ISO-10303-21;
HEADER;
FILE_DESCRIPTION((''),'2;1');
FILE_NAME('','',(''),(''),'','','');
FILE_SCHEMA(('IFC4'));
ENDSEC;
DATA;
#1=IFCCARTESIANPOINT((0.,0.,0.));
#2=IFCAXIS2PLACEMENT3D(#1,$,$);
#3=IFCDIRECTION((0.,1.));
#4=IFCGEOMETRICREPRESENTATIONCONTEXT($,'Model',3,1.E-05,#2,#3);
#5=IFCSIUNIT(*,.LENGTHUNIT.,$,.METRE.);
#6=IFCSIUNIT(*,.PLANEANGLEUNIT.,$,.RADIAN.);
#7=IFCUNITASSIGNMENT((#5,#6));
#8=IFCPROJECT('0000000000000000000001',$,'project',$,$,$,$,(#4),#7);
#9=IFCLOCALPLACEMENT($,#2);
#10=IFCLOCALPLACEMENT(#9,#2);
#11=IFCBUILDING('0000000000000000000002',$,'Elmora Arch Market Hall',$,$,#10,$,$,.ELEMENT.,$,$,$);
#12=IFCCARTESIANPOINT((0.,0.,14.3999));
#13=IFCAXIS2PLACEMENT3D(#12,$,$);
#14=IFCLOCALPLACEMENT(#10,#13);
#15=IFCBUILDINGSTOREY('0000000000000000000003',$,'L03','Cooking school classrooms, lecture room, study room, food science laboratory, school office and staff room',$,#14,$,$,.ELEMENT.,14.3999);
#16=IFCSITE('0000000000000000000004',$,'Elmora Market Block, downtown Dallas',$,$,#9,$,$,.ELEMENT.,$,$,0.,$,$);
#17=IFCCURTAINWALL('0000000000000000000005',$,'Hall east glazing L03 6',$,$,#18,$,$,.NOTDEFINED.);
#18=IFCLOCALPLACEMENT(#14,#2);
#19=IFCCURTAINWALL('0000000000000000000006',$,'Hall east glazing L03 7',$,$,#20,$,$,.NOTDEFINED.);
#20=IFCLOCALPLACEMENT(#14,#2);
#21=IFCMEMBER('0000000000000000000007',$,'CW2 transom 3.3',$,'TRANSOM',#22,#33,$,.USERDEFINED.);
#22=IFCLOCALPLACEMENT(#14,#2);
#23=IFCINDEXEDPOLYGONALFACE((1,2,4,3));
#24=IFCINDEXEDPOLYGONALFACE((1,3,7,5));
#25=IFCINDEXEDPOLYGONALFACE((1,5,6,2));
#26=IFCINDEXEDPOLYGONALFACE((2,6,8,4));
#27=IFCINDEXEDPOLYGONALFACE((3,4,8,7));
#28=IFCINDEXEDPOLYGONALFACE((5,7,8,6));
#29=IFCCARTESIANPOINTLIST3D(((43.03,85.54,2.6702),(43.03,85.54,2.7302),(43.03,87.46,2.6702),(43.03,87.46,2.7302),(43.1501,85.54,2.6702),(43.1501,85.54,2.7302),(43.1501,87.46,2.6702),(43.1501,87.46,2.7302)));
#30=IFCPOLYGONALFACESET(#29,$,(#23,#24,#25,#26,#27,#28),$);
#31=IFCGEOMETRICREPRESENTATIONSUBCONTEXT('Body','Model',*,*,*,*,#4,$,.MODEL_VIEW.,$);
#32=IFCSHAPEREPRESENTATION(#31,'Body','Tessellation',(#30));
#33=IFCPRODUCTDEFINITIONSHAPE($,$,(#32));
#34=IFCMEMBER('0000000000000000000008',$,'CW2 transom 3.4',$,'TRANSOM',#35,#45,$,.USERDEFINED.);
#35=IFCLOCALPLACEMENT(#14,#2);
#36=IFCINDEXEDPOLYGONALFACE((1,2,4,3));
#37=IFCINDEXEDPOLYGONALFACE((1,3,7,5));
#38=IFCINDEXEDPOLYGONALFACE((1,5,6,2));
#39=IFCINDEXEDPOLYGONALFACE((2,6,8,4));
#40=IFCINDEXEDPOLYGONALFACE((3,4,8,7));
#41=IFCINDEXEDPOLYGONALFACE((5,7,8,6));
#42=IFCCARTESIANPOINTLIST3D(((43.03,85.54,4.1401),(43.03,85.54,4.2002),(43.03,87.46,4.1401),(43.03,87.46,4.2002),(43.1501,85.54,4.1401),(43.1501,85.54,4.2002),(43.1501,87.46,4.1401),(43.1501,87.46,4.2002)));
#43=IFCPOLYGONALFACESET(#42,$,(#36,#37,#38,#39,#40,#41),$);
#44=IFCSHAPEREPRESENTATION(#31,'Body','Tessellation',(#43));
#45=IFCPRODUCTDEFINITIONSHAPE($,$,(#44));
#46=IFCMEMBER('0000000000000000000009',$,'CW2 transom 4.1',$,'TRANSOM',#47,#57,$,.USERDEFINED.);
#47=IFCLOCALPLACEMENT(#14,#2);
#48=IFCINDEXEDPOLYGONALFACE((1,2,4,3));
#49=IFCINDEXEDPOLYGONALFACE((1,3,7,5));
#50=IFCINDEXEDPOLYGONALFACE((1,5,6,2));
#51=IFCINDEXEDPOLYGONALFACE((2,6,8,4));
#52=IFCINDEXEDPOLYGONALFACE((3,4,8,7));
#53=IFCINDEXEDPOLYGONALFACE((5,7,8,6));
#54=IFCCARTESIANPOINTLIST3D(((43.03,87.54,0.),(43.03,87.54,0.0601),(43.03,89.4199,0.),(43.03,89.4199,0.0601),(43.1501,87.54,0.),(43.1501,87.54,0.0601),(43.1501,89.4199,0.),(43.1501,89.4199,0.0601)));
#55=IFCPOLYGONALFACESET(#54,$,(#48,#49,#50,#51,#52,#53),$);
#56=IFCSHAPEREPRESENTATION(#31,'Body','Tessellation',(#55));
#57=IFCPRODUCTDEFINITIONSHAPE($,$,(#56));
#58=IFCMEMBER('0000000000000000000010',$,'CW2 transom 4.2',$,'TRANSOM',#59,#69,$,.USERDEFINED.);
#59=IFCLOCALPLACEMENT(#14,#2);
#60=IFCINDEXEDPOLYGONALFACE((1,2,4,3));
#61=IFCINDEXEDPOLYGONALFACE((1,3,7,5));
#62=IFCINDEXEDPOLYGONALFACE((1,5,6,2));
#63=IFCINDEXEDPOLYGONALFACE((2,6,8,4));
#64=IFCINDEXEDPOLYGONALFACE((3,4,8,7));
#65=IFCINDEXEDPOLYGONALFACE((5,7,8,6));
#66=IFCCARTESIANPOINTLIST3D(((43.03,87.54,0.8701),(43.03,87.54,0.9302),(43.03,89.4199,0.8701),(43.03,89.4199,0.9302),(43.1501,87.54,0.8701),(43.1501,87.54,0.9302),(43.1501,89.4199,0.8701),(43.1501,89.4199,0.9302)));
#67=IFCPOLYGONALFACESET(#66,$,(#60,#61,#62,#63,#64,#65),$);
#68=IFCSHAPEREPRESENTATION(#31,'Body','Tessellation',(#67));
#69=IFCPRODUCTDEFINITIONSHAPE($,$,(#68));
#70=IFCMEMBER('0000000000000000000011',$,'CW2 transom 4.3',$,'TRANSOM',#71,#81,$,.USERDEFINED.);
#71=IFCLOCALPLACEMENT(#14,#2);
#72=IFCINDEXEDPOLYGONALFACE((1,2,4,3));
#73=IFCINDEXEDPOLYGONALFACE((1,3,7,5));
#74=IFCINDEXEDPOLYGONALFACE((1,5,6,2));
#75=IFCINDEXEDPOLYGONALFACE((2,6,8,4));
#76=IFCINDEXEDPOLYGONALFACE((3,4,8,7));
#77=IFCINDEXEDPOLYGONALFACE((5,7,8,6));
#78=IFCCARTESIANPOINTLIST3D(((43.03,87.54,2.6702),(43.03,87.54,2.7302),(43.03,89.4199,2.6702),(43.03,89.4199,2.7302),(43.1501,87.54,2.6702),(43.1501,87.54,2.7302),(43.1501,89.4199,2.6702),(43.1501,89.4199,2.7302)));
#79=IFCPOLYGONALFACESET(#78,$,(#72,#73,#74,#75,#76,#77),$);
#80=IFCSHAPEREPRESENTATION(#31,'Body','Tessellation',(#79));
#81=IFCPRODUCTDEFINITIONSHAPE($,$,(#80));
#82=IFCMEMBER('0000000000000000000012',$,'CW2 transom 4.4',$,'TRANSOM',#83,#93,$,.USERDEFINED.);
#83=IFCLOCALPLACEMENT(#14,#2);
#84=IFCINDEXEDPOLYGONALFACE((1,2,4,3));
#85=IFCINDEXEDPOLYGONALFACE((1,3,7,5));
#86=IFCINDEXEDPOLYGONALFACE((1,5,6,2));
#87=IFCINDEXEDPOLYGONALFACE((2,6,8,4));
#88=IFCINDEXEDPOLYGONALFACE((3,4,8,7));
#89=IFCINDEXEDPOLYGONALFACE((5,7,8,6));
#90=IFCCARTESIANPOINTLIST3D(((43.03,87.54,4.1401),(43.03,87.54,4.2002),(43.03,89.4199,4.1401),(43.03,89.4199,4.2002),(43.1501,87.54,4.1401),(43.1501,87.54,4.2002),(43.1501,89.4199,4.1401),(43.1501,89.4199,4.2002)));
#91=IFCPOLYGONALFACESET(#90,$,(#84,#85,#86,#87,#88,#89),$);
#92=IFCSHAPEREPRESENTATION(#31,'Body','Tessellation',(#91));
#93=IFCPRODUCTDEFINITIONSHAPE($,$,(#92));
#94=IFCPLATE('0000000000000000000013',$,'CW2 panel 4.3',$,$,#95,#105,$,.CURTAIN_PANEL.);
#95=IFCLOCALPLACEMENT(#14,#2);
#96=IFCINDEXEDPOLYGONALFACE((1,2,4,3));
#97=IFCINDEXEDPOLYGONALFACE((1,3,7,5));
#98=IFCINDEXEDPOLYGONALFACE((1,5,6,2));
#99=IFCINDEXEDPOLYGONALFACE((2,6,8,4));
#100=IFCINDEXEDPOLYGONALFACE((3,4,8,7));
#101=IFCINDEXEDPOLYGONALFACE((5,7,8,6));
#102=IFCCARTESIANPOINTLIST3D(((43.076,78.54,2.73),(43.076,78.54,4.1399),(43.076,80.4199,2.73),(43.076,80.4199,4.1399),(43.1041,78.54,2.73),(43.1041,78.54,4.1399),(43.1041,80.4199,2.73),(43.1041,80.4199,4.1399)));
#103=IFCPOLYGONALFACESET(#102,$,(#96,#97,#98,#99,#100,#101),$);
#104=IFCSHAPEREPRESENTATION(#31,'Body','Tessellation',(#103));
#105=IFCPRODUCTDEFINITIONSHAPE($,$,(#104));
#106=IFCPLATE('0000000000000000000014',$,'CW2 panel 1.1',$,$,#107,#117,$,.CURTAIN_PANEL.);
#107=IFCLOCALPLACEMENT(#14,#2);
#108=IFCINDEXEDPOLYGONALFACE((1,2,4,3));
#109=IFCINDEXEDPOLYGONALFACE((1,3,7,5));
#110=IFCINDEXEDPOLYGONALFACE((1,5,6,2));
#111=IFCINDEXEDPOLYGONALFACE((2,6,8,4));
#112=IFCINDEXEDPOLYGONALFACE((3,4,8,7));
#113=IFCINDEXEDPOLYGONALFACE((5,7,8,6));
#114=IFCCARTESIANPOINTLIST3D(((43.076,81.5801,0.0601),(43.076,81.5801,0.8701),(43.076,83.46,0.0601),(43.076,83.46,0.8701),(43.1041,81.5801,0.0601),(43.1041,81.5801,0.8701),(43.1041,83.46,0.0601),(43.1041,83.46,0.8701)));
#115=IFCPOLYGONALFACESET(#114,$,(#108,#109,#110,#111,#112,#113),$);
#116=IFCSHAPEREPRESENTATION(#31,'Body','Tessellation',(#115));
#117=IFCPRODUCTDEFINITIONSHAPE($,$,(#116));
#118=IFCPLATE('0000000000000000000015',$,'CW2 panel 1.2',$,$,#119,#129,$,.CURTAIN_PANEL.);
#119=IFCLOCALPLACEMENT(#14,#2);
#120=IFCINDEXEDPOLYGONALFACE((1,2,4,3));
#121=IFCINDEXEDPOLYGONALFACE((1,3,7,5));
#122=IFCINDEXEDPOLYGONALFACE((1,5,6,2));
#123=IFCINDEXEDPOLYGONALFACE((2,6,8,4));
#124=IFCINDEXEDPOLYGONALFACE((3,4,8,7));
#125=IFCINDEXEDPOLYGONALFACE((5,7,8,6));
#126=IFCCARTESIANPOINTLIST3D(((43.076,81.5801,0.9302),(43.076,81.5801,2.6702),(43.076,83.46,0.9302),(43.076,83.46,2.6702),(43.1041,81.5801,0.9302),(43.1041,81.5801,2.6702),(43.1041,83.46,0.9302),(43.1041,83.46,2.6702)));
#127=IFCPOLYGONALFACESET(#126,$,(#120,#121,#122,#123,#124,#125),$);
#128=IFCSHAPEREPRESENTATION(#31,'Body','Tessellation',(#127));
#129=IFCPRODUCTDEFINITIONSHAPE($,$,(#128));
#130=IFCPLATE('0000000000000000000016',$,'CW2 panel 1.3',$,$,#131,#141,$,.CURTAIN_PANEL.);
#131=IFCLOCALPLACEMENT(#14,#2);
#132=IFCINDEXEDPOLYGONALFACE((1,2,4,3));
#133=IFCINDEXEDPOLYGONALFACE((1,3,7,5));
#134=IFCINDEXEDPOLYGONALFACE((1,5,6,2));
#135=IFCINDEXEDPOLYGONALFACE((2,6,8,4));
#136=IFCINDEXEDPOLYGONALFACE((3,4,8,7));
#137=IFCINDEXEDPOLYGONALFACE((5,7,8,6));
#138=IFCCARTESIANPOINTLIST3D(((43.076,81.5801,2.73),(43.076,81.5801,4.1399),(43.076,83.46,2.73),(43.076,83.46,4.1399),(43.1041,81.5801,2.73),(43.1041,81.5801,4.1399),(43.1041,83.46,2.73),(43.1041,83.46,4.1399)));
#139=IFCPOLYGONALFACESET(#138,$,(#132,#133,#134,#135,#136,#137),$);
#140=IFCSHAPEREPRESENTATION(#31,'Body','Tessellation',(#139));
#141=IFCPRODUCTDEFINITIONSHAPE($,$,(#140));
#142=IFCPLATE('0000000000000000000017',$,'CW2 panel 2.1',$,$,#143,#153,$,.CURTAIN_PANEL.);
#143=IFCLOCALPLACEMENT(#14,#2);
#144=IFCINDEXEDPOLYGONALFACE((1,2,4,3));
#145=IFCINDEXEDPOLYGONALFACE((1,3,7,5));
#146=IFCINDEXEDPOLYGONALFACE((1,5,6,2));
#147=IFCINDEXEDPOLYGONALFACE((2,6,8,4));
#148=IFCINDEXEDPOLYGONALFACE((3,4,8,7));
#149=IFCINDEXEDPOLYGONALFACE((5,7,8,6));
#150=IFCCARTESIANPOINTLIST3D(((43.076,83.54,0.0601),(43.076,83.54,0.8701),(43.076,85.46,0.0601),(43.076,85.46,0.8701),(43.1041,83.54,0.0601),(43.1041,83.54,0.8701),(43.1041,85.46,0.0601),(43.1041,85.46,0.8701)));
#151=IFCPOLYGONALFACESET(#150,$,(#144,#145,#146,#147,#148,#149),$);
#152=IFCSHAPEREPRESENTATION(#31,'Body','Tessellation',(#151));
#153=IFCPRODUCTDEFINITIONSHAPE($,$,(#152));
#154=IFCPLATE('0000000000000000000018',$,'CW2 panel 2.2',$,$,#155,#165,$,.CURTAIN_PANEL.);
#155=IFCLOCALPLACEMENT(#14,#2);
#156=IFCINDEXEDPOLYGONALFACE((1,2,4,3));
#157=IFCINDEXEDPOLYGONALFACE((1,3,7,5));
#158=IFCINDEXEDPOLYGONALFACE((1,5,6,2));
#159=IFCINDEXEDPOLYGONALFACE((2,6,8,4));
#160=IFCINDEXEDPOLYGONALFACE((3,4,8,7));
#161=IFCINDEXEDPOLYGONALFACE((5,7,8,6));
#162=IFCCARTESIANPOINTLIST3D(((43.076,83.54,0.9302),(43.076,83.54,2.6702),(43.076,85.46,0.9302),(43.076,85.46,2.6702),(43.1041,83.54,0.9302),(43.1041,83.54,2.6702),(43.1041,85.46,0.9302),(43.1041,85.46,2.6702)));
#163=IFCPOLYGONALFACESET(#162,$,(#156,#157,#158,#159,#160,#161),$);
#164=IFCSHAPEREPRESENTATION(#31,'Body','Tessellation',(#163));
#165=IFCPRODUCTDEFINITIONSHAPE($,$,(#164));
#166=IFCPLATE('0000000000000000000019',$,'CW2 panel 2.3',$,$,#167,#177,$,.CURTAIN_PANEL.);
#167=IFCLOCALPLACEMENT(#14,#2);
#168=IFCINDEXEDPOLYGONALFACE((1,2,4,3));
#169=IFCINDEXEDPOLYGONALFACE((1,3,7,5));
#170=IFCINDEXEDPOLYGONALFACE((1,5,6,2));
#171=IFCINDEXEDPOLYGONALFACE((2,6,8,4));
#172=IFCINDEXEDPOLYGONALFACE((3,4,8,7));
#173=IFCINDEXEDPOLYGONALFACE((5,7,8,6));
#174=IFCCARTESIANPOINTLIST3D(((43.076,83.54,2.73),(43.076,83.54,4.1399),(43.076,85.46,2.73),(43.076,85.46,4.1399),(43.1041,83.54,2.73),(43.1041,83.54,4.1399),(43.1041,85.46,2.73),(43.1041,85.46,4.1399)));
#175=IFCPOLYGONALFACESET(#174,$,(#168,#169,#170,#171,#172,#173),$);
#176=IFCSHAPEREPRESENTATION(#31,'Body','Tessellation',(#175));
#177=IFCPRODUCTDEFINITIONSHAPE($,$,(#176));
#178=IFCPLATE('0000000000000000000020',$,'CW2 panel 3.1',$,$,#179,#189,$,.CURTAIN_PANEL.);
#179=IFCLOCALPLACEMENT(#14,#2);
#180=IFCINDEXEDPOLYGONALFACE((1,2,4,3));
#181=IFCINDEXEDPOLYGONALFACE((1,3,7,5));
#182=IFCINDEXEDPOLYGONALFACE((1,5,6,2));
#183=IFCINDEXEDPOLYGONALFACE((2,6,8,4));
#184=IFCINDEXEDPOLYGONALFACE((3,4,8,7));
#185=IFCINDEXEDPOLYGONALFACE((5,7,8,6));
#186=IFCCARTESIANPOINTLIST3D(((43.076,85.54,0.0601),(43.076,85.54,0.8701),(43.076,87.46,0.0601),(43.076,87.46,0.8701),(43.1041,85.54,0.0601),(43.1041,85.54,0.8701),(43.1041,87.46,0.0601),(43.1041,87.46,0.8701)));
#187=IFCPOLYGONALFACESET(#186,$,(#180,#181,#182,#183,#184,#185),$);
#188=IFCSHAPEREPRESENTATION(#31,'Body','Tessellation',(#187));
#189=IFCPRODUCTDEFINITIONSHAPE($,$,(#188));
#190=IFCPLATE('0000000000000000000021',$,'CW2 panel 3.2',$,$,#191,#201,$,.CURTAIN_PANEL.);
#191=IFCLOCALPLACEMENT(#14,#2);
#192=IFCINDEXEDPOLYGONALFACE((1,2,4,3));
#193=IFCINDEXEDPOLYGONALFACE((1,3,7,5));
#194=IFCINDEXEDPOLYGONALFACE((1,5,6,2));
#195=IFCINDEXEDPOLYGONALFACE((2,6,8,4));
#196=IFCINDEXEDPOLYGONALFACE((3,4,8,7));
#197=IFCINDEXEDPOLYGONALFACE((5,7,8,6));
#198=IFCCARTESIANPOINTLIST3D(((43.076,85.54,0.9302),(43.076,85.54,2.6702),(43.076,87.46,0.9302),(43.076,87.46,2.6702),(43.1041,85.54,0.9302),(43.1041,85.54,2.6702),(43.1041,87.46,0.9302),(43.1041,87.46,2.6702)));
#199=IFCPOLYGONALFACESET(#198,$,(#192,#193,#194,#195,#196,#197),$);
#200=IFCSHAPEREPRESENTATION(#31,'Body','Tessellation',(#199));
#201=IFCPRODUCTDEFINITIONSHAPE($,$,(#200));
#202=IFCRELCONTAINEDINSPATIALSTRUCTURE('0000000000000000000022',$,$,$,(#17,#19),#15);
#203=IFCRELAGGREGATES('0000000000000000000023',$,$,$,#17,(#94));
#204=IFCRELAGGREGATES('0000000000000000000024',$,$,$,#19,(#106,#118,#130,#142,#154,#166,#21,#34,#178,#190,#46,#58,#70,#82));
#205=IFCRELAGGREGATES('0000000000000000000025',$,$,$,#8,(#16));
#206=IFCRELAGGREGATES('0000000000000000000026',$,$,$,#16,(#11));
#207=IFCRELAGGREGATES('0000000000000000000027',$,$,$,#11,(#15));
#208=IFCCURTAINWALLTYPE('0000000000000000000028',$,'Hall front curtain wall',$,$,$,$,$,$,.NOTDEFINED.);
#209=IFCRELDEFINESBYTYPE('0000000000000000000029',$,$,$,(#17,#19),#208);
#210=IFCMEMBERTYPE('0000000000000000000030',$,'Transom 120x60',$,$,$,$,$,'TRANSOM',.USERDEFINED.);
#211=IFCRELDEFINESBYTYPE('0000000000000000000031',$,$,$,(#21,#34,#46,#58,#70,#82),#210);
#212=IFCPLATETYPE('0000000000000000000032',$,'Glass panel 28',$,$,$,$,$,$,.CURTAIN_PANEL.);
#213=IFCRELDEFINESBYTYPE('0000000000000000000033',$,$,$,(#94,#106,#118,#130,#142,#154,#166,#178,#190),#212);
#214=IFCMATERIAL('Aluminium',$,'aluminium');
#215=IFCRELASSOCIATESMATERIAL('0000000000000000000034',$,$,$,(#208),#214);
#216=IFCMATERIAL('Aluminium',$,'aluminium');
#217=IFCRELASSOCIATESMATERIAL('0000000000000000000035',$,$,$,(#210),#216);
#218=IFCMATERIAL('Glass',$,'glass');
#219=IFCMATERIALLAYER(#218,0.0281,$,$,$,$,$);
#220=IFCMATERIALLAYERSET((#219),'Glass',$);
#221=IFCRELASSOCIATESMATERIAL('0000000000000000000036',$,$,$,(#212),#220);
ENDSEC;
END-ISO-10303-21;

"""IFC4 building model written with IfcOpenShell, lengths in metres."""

from ifc_helpers import new_model, si_unit, direction, frame, origin, origin_2d, place, context, subcontext, project, spatial, rectangle, extrude, material, layer, layer_set, material_profile, profile_set, type_object, element, aggregate, save


model = new_model("IFC4")

# Units and contexts
model_context = context("Model", 3, precision=1e-05, world=origin(), true_north=direction((0.0, 1.0)))
body_context = subcontext(model_context, "Body", "Model", "MODEL_VIEW")
ifc_project = project(units=[si_unit("LENGTHUNIT", "METRE"), si_unit("PLANEANGLEUNIT", "RADIAN")], contexts=[model_context])

# Site, building, storey
site_placement = place(None, origin())
site = spatial("IfcSite", under=ifc_project, at=site_placement, Name="Elmora Market Block, downtown Dallas", CompositionType="ELEMENT", RefElevation=0.0)
building_placement = place(site_placement, origin())
building = spatial("IfcBuilding", under=site, at=building_placement, Name="Elmora Arch Market Hall", CompositionType="ELEMENT")
storey_placement = place(building_placement, frame((0.0, 0.0, 14.3999)))
storey = spatial("IfcBuildingStorey", under=building, at=storey_placement, Name="L03", Description="Cooking school classrooms, lecture room, study room, food science laboratory, school office and staff room", CompositionType="ELEMENT", Elevation=14.3999)

# Curtain wall
ifc_material_1 = material(Name="Aluminium", Category="aluminium")
curtain_wall_type = type_object("IfcCurtainWallType", Name="Hall front curtain wall", PredefinedType="NOTDEFINED", material=ifc_material_1)
curtain_wall_1_placement = place(storey_placement, origin())
curtain_wall_1 = element("IfcCurtainWall", 1, at=curtain_wall_1_placement, inside=storey, type_object=curtain_wall_type, Name="Hall east glazing L03 6", PredefinedType="NOTDEFINED")

# Curtain wall, members
curtain_wall_2_placement = place(storey_placement, origin())
curtain_wall_2 = element("IfcCurtainWall", 2, at=curtain_wall_2_placement, inside=storey, type_object=curtain_wall_type, Name="Hall east glazing L03 7", PredefinedType="NOTDEFINED")
ifc_material_2 = material(Name="Aluminium", Category="aluminium")
ifc_material_profile_1 = material_profile(ifc_material_2, rectangle(XDim=0.1201, YDim=0.0601, at=origin_2d()), Name="AL 120x60")
ifc_profile_set_1 = profile_set([ifc_material_profile_1], Name="Aluminium")
member_type_1 = type_object("IfcMemberType", Name="Transom 120x60", ElementType="TRANSOM", PredefinedType="USERDEFINED", material=ifc_profile_set_1)
member_1_placement = place(storey_placement, frame((43.0901, 85.54, 2.7002), z_axis=(0.0, 1.0, 0.0), x_axis=(-1.0, 0.0, 0.0)))
member_1 = element("IfcMember", 3, at=member_1_placement, type_object=member_type_1, Name="CW2 transom 3.3", ObjectType="TRANSOM", PredefinedType="USERDEFINED", context=body_context, shape_type="SweptSolid", body=[
    extrude(rectangle(XDim=0.1201, YDim=0.0601, at=origin_2d()), origin(), (0.0, 0.0, 1.0), 1.9199),
])
member_2_placement = place(storey_placement, frame((43.0901, 85.54, 4.1702), z_axis=(0.0, 1.0, 0.0), x_axis=(-1.0, 0.0, 0.0)))
member_2 = element("IfcMember", 4, at=member_2_placement, type_object=member_type_1, Name="CW2 transom 3.4", ObjectType="TRANSOM", PredefinedType="USERDEFINED", context=body_context, shape_type="SweptSolid", body=[
    extrude(rectangle(XDim=0.1201, YDim=0.0601, at=origin_2d()), origin(), (0.0, 0.0, 1.0), 1.9199),
])
member_3_placement = place(storey_placement, frame((43.0901, 87.54, 0.03), z_axis=(0.0, 1.0, 0.0), x_axis=(-1.0, 0.0, 0.0)))
member_3 = element("IfcMember", 5, at=member_3_placement, type_object=member_type_1, Name="CW2 transom 4.1", ObjectType="TRANSOM", PredefinedType="USERDEFINED", context=body_context, shape_type="SweptSolid", body=[
    extrude(rectangle(XDim=0.1201, YDim=0.0601, at=origin_2d()), origin(), (0.0, 0.0, 1.0), 1.8799),
])
member_4_placement = place(storey_placement, frame((43.0901, 87.54, 0.9001), z_axis=(0.0, 1.0, 0.0), x_axis=(-1.0, 0.0, 0.0)))
member_4 = element("IfcMember", 6, at=member_4_placement, type_object=member_type_1, Name="CW2 transom 4.2", ObjectType="TRANSOM", PredefinedType="USERDEFINED", context=body_context, shape_type="SweptSolid", body=[
    extrude(rectangle(XDim=0.1201, YDim=0.0601, at=origin_2d()), origin(), (0.0, 0.0, 1.0), 1.8799),
])
member_5_placement = place(storey_placement, frame((43.0901, 87.54, 2.7002), z_axis=(0.0, 1.0, 0.0), x_axis=(-1.0, 0.0, 0.0)))
member_5 = element("IfcMember", 7, at=member_5_placement, type_object=member_type_1, Name="CW2 transom 4.3", ObjectType="TRANSOM", PredefinedType="USERDEFINED", context=body_context, shape_type="SweptSolid", body=[
    extrude(rectangle(XDim=0.1201, YDim=0.0601, at=origin_2d()), origin(), (0.0, 0.0, 1.0), 1.8799),
])
member_6_placement = place(storey_placement, frame((43.0901, 87.54, 4.1702), z_axis=(0.0, 1.0, 0.0), x_axis=(-1.0, 0.0, 0.0)))
member_6 = element("IfcMember", 8, at=member_6_placement, type_object=member_type_1, Name="CW2 transom 4.4", ObjectType="TRANSOM", PredefinedType="USERDEFINED", context=body_context, shape_type="SweptSolid", body=[
    extrude(rectangle(XDim=0.1201, YDim=0.0601, at=origin_2d()), origin(), (0.0, 0.0, 1.0), 1.8799),
])

# Plates
ifc_material_3 = material(Name="Glass", Category="glass")
ifc_layer_1 = layer(ifc_material_3, 0.0281)
ifc_layer_set_1 = layer_set([ifc_layer_1], Name="Glass")
plate_type = type_object("IfcPlateType", Name="Glass panel 28", PredefinedType="CURTAIN_PANEL", material=ifc_layer_set_1)
plate_1_placement = place(storey_placement, frame((43.0901, 79.48, 2.73), z_axis=(0.0, 0.0, 1.0), x_axis=(0.0, 1.0, 0.0)))
plate_1 = element("IfcPlate", 9, at=plate_1_placement, type_object=plate_type, Name="CW2 panel 4.3", PredefinedType="CURTAIN_PANEL", context=body_context, shape_type="SweptSolid", body=[
    extrude(rectangle(XDim=1.8799, YDim=0.0281, at=origin_2d()), origin(), (0.0, 0.0, 1.0), 1.4099),
])
aggregate(curtain_wall_1, [plate_1])
plate_2_placement = place(storey_placement, frame((43.0901, 82.52, 0.0601), z_axis=(0.0, 0.0, 1.0), x_axis=(0.0, 1.0, 0.0)))
plate_2 = element("IfcPlate", 10, at=plate_2_placement, type_object=plate_type, Name="CW2 panel 1.1", PredefinedType="CURTAIN_PANEL", context=body_context, shape_type="SweptSolid", body=[
    extrude(rectangle(XDim=1.8799, YDim=0.0281, at=origin_2d()), origin(), (0.0, 0.0, 1.0), 0.8101),
])
plate_3_placement = place(storey_placement, frame((43.0901, 82.52, 0.9302), z_axis=(0.0, 0.0, 1.0), x_axis=(0.0, 1.0, 0.0)))
plate_3 = element("IfcPlate", 11, at=plate_3_placement, type_object=plate_type, Name="CW2 panel 1.2", PredefinedType="CURTAIN_PANEL", context=body_context, shape_type="SweptSolid", body=[
    extrude(rectangle(XDim=1.8799, YDim=0.0281, at=origin_2d()), origin(), (0.0, 0.0, 1.0), 1.74),
])
plate_4_placement = place(storey_placement, frame((43.0901, 82.52, 2.73), z_axis=(0.0, 0.0, 1.0), x_axis=(0.0, 1.0, 0.0)))
plate_4 = element("IfcPlate", 12, at=plate_4_placement, type_object=plate_type, Name="CW2 panel 1.3", PredefinedType="CURTAIN_PANEL", context=body_context, shape_type="SweptSolid", body=[
    extrude(rectangle(XDim=1.8799, YDim=0.0281, at=origin_2d()), origin(), (0.0, 0.0, 1.0), 1.4099),
])
plate_5_placement = place(storey_placement, frame((43.0901, 84.5, 0.0601), z_axis=(0.0, 0.0, 1.0), x_axis=(0.0, 1.0, 0.0)))
plate_5 = element("IfcPlate", 13, at=plate_5_placement, type_object=plate_type, Name="CW2 panel 2.1", PredefinedType="CURTAIN_PANEL", context=body_context, shape_type="SweptSolid", body=[
    extrude(rectangle(XDim=1.9199, YDim=0.0281, at=origin_2d()), origin(), (0.0, 0.0, 1.0), 0.8101),
])
plate_6_placement = place(storey_placement, frame((43.0901, 84.5, 0.9302), z_axis=(0.0, 0.0, 1.0), x_axis=(0.0, 1.0, 0.0)))
plate_6 = element("IfcPlate", 14, at=plate_6_placement, type_object=plate_type, Name="CW2 panel 2.2", PredefinedType="CURTAIN_PANEL", context=body_context, shape_type="SweptSolid", body=[
    extrude(rectangle(XDim=1.9199, YDim=0.0281, at=origin_2d()), origin(), (0.0, 0.0, 1.0), 1.74),
])
plate_7_placement = place(storey_placement, frame((43.0901, 84.5, 2.73), z_axis=(0.0, 0.0, 1.0), x_axis=(0.0, 1.0, 0.0)))
plate_7 = element("IfcPlate", 15, at=plate_7_placement, type_object=plate_type, Name="CW2 panel 2.3", PredefinedType="CURTAIN_PANEL", context=body_context, shape_type="SweptSolid", body=[
    extrude(rectangle(XDim=1.9199, YDim=0.0281, at=origin_2d()), origin(), (0.0, 0.0, 1.0), 1.4099),
])
plate_8_placement = place(storey_placement, frame((43.0901, 86.5, 0.0601), z_axis=(0.0, 0.0, 1.0), x_axis=(0.0, 1.0, 0.0)))
plate_8 = element("IfcPlate", 16, at=plate_8_placement, type_object=plate_type, Name="CW2 panel 3.1", PredefinedType="CURTAIN_PANEL", context=body_context, shape_type="SweptSolid", body=[
    extrude(rectangle(XDim=1.9199, YDim=0.0281, at=origin_2d()), origin(), (0.0, 0.0, 1.0), 0.8101),
])
plate_9_placement = place(storey_placement, frame((43.0901, 86.5, 0.9302), z_axis=(0.0, 0.0, 1.0), x_axis=(0.0, 1.0, 0.0)))
plate_9 = element("IfcPlate", 17, at=plate_9_placement, type_object=plate_type, Name="CW2 panel 3.2", PredefinedType="CURTAIN_PANEL", context=body_context, shape_type="SweptSolid", body=[
    extrude(rectangle(XDim=1.9199, YDim=0.0281, at=origin_2d()), origin(), (0.0, 0.0, 1.0), 1.74),
])
aggregate(curtain_wall_2, [plate_2, plate_3, plate_4, plate_5, plate_6, plate_7, member_1, member_2, plate_8, plate_9, member_3, member_4, member_5, member_6])

save(model, "model.ifc")
